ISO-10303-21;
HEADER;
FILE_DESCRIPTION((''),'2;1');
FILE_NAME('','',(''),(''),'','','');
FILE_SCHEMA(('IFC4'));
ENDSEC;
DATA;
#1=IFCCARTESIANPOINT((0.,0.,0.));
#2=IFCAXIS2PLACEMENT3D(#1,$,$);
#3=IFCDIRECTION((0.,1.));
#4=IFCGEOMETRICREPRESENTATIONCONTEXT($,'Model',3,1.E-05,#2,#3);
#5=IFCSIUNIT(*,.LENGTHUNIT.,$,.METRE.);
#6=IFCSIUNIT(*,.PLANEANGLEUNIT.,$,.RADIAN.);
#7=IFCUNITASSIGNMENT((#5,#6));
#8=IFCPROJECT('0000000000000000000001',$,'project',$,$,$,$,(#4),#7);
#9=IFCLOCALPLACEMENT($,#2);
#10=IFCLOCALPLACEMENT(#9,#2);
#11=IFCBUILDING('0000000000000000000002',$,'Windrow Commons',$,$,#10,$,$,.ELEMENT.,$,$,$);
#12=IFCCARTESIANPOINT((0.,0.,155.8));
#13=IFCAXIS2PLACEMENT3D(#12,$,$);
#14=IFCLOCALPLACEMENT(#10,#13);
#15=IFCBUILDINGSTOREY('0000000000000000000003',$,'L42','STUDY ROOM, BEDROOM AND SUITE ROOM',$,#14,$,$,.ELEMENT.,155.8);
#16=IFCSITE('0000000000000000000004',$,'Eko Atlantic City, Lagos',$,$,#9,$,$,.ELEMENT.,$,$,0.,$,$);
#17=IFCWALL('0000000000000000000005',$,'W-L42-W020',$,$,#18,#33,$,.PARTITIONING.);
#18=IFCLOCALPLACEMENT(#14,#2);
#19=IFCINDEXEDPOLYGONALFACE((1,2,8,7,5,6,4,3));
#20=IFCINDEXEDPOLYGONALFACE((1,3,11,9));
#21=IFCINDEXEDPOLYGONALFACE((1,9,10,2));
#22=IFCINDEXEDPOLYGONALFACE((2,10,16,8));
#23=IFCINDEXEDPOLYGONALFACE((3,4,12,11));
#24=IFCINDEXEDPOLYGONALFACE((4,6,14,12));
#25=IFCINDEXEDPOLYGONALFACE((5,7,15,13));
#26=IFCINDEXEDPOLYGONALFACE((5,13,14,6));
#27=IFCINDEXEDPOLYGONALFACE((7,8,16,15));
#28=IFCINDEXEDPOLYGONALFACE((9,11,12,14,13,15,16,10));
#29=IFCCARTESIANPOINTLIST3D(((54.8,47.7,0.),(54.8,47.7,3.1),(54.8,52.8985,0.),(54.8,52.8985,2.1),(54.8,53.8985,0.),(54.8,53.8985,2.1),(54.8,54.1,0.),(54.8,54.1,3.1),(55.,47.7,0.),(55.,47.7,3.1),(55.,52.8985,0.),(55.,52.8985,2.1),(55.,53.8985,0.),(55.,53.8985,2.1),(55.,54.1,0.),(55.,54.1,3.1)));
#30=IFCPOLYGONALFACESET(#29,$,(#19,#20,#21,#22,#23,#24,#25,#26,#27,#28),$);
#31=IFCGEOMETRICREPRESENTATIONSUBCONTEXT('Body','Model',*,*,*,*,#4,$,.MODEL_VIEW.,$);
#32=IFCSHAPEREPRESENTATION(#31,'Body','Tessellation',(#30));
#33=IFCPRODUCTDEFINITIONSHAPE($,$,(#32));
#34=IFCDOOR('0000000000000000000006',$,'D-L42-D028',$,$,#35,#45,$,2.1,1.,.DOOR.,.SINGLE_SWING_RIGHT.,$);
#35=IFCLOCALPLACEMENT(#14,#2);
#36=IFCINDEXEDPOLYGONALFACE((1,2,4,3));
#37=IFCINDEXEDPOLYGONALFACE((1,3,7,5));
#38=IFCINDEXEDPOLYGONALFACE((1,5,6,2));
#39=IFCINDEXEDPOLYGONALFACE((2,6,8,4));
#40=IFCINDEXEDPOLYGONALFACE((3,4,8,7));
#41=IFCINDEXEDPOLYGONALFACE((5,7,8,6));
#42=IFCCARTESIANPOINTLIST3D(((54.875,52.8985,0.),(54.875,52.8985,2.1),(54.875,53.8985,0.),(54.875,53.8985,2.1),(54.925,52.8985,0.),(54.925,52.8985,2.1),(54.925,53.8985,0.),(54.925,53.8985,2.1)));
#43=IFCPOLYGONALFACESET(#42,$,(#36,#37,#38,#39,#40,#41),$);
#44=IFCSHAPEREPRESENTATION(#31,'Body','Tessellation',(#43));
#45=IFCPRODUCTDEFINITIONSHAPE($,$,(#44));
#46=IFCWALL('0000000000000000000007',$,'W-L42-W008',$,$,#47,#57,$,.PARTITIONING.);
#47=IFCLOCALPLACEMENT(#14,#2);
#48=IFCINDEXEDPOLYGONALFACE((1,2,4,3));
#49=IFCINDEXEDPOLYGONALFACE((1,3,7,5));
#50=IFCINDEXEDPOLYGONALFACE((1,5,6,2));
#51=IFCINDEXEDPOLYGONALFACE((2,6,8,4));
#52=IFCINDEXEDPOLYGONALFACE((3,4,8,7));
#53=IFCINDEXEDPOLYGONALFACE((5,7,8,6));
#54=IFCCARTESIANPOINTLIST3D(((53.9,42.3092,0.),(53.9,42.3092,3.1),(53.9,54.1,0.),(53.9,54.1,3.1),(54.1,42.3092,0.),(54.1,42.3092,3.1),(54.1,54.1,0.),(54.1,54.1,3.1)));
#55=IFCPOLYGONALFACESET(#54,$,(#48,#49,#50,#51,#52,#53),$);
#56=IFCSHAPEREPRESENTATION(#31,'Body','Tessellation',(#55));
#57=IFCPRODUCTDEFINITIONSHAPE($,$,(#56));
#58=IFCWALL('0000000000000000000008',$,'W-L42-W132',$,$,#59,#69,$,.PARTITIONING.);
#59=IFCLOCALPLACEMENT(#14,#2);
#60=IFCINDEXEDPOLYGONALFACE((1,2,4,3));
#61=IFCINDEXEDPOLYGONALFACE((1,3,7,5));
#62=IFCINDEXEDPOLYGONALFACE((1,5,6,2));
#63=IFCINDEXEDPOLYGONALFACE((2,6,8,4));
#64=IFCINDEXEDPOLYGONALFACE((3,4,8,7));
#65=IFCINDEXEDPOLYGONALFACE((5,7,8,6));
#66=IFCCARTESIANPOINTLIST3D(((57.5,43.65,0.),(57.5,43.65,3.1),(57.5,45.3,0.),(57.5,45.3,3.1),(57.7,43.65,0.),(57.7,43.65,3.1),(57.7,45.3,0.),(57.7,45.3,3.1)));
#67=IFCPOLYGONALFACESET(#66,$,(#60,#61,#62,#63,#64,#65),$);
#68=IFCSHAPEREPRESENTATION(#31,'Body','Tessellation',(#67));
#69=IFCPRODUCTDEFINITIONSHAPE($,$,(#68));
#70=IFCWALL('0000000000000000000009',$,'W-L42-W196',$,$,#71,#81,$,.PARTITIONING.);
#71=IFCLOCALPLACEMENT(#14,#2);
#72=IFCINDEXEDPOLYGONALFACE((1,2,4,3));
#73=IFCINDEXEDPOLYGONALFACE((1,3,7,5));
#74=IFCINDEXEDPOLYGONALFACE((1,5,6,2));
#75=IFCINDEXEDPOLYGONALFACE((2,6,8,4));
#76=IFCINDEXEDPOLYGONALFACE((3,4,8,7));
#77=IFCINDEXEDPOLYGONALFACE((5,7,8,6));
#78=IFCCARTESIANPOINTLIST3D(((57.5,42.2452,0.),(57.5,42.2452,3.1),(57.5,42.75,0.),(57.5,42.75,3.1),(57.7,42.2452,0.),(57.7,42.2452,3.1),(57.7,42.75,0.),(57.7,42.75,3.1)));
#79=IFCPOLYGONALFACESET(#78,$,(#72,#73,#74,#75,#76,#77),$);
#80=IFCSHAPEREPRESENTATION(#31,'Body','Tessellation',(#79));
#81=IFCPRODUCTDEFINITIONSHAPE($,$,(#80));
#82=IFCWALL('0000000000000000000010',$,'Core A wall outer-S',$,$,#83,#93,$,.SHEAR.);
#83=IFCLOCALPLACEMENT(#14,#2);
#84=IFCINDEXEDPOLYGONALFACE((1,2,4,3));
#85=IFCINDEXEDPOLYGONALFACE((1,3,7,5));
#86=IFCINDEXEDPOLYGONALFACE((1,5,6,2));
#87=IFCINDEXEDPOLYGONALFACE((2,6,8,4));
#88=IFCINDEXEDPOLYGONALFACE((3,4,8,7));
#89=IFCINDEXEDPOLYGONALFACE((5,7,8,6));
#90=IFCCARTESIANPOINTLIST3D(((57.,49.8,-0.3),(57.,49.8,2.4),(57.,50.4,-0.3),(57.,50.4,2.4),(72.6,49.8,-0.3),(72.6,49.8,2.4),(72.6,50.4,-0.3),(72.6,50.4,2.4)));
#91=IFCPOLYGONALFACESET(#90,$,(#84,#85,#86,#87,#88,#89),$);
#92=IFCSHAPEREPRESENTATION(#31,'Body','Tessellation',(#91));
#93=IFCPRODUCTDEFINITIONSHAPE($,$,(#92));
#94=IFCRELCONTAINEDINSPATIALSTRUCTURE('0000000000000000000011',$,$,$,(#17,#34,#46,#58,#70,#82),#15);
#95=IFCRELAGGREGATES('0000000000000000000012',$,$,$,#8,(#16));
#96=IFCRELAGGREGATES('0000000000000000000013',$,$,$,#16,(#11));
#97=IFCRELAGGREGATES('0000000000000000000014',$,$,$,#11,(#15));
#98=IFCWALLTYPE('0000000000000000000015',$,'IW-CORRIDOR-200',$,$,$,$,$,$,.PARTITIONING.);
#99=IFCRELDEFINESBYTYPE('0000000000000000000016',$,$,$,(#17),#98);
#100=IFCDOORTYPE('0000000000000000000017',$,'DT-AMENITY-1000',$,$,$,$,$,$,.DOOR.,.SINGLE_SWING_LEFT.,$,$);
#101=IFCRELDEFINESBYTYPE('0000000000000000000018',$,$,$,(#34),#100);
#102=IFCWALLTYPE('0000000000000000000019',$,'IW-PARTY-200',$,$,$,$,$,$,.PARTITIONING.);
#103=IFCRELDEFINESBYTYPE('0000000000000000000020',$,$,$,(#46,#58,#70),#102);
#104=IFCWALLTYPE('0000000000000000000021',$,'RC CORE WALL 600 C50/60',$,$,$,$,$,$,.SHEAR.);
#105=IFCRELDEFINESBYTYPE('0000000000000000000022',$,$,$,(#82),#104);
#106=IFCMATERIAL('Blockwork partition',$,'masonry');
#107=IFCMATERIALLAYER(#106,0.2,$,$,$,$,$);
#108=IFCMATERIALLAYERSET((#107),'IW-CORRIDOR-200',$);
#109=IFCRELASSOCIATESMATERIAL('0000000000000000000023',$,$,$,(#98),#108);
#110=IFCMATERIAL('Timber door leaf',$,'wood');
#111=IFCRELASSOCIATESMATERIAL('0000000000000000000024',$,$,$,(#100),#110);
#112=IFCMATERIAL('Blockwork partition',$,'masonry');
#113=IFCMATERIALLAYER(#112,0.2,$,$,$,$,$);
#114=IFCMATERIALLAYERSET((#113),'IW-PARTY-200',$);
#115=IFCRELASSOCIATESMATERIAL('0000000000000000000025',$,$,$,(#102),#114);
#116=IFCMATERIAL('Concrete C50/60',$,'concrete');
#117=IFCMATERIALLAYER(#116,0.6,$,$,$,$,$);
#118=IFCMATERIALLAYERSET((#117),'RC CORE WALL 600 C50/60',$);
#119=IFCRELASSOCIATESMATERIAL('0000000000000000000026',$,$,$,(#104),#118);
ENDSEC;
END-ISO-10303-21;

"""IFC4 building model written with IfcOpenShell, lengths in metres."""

from ifc_helpers import new_model, si_unit, direction, frame, frame_2d, origin, place, context, subcontext, project, spatial, rectangle, extrude, material, layer, layer_set, type_object, element, fill, save


model = new_model("IFC4")

# Units and contexts
model_context = context("Model", 3, precision=1e-05, world=origin(), true_north=direction((0.0, 1.0)))
body_context = subcontext(model_context, "Body", "Model", "MODEL_VIEW")
ifc_project = project(units=[si_unit("LENGTHUNIT", "METRE"), si_unit("PLANEANGLEUNIT", "RADIAN")], contexts=[model_context])

# Site, building, storey
site_placement = place(None, origin())
site = spatial("IfcSite", under=ifc_project, at=site_placement, Name="Eko Atlantic City, Lagos", CompositionType="ELEMENT", RefElevation=0.0)
building_placement = place(site_placement, origin())
building = spatial("IfcBuilding", under=site, at=building_placement, Name="Windrow Commons", CompositionType="ELEMENT")
storey_placement = place(building_placement, frame((0.0, 0.0, 155.8)))
storey = spatial("IfcBuildingStorey", under=building, at=storey_placement, Name="L42", Description="STUDY ROOM, BEDROOM AND SUITE ROOM", CompositionType="ELEMENT", Elevation=155.8)

# Shared definitions
ifc_material_1 = material(Name="Blockwork partition", Category="masonry")
ifc_layer_1 = layer(ifc_material_1, 0.2)
ifc_layer_set_1 = layer_set([ifc_layer_1], Name="IW-CORRIDOR-200")
wall_type_1 = type_object("IfcWallType", Name="IW-CORRIDOR-200", PredefinedType="PARTITIONING", material=ifc_layer_set_1)

# Wall, opening, door
wall_1_placement = place(storey_placement, frame((54.9, 47.7, 0.0), z_axis=(0.0, 0.0, 1.0), x_axis=(0.0, 1.0, 0.0)))
wall_1 = element("IfcWall", 1, at=wall_1_placement, inside=storey, type_object=wall_type_1, Name="W-L42-W020", PredefinedType="PARTITIONING", context=body_context, shape_type="SweptSolid", body=[
    extrude(rectangle(XDim=6.4, YDim=0.2, at=frame_2d((3.2, 0.0))), origin(), (0.0, 0.0, 1.0), 3.1),
])
opening_1_placement = place(wall_1_placement, frame((5.1985, 0.0, 0.0)))
opening_1 = element("IfcOpeningElement", 2, at=opening_1_placement, cuts=wall_1, PredefinedType="OPENING", context=body_context, shape_type="SweptSolid", body=[
    extrude(rectangle(XDim=1.0, YDim=2.1, at=frame_2d((0.5, 1.05))), frame((0.0, 0.11, 0.0), z_axis=(0.0, -1.0, 0.0), x_axis=(1.0, 0.0, 0.0)), (0.0, 0.0, 1.0), 0.22),
])
ifc_material_2 = material(Name="Timber door leaf", Category="wood")
door_type_1 = type_object("IfcDoorType", Name="DT-AMENITY-1000", OperationType="SINGLE_SWING_LEFT", PredefinedType="DOOR", material=ifc_material_2)
door_1_placement = place(opening_1_placement, origin())
door_1 = element("IfcDoor", 3, at=door_1_placement, inside=storey, type_object=door_type_1, Name="D-L42-D028", OperationType="SINGLE_SWING_RIGHT", OverallHeight=2.1, OverallWidth=1.0, PredefinedType="DOOR", context=body_context, shape_type="SweptSolid", body=[
    extrude(rectangle(XDim=1.0, YDim=2.1, at=frame_2d((0.5, 1.05))), frame((0.0, 0.025, 0.0), z_axis=(0.0, -1.0, 0.0), x_axis=(1.0, 0.0, 0.0)), (0.0, 0.0, 1.0), 0.05),
])
fill(opening_1, door_1)

# Walls
ifc_material_3 = material(Name="Blockwork partition", Category="masonry")
ifc_layer_2 = layer(ifc_material_3, 0.2)
ifc_layer_set_2 = layer_set([ifc_layer_2], Name="IW-PARTY-200")
wall_type_2 = type_object("IfcWallType", Name="IW-PARTY-200", PredefinedType="PARTITIONING", material=ifc_layer_set_2)
wall_2_placement = place(storey_placement, frame((54.0, 42.3092, 0.0), z_axis=(0.0, 0.0, 1.0), x_axis=(0.0, 1.0, 0.0)))
element("IfcWall", 4, at=wall_2_placement, inside=storey, type_object=wall_type_2, Name="W-L42-W008", PredefinedType="PARTITIONING", context=body_context, shape_type="SweptSolid", body=[
    extrude(rectangle(XDim=11.7908, YDim=0.2, at=frame_2d((5.8954, 0.0))), origin(), (0.0, 0.0, 1.0), 3.1),
])
wall_3_placement = place(storey_placement, frame((57.6, 43.65, 0.0), z_axis=(0.0, 0.0, 1.0), x_axis=(0.0, 1.0, 0.0)))
element("IfcWall", 5, at=wall_3_placement, inside=storey, type_object=wall_type_2, Name="W-L42-W132", PredefinedType="PARTITIONING", context=body_context, shape_type="SweptSolid", body=[
    extrude(rectangle(XDim=1.65, YDim=0.2, at=frame_2d((0.825, 0.0))), origin(), (0.0, 0.0, 1.0), 3.1),
])
wall_4_placement = place(storey_placement, frame((57.6, 42.2451, 0.0), z_axis=(0.0, 0.0, 1.0), x_axis=(0.0, 1.0, 0.0)))
element("IfcWall", 6, at=wall_4_placement, inside=storey, type_object=wall_type_2, Name="W-L42-W196", PredefinedType="PARTITIONING", context=body_context, shape_type="SweptSolid", body=[
    extrude(rectangle(XDim=0.5049, YDim=0.2, at=frame_2d((0.2525, 0.0))), origin(), (0.0, 0.0, 1.0), 3.1),
])
ifc_material_4 = material(Name="Concrete C50/60", Category="concrete")
ifc_layer_3 = layer(ifc_material_4, 0.6)
ifc_layer_set_3 = layer_set([ifc_layer_3], Name="RC CORE WALL 600 C50/60")
wall_type_3 = type_object("IfcWallType", Name="RC CORE WALL 600 C50/60", PredefinedType="SHEAR", material=ifc_layer_set_3)
wall_5_placement = place(storey_placement, frame((57.0, 50.1, -0.3), z_axis=(0.0, 0.0, 1.0), x_axis=(1.0, 0.0, 0.0)))
element("IfcWall", 7, at=wall_5_placement, inside=storey, type_object=wall_type_3, Name="Core A wall outer-S", PredefinedType="SHEAR", context=body_context, shape_type="SweptSolid", body=[
    extrude(rectangle(XDim=15.6, YDim=0.6, at=frame_2d((7.8, 0.0))), origin(), (0.0, 0.0, 1.0), 2.7),
])

save(model, "model.ifc")
